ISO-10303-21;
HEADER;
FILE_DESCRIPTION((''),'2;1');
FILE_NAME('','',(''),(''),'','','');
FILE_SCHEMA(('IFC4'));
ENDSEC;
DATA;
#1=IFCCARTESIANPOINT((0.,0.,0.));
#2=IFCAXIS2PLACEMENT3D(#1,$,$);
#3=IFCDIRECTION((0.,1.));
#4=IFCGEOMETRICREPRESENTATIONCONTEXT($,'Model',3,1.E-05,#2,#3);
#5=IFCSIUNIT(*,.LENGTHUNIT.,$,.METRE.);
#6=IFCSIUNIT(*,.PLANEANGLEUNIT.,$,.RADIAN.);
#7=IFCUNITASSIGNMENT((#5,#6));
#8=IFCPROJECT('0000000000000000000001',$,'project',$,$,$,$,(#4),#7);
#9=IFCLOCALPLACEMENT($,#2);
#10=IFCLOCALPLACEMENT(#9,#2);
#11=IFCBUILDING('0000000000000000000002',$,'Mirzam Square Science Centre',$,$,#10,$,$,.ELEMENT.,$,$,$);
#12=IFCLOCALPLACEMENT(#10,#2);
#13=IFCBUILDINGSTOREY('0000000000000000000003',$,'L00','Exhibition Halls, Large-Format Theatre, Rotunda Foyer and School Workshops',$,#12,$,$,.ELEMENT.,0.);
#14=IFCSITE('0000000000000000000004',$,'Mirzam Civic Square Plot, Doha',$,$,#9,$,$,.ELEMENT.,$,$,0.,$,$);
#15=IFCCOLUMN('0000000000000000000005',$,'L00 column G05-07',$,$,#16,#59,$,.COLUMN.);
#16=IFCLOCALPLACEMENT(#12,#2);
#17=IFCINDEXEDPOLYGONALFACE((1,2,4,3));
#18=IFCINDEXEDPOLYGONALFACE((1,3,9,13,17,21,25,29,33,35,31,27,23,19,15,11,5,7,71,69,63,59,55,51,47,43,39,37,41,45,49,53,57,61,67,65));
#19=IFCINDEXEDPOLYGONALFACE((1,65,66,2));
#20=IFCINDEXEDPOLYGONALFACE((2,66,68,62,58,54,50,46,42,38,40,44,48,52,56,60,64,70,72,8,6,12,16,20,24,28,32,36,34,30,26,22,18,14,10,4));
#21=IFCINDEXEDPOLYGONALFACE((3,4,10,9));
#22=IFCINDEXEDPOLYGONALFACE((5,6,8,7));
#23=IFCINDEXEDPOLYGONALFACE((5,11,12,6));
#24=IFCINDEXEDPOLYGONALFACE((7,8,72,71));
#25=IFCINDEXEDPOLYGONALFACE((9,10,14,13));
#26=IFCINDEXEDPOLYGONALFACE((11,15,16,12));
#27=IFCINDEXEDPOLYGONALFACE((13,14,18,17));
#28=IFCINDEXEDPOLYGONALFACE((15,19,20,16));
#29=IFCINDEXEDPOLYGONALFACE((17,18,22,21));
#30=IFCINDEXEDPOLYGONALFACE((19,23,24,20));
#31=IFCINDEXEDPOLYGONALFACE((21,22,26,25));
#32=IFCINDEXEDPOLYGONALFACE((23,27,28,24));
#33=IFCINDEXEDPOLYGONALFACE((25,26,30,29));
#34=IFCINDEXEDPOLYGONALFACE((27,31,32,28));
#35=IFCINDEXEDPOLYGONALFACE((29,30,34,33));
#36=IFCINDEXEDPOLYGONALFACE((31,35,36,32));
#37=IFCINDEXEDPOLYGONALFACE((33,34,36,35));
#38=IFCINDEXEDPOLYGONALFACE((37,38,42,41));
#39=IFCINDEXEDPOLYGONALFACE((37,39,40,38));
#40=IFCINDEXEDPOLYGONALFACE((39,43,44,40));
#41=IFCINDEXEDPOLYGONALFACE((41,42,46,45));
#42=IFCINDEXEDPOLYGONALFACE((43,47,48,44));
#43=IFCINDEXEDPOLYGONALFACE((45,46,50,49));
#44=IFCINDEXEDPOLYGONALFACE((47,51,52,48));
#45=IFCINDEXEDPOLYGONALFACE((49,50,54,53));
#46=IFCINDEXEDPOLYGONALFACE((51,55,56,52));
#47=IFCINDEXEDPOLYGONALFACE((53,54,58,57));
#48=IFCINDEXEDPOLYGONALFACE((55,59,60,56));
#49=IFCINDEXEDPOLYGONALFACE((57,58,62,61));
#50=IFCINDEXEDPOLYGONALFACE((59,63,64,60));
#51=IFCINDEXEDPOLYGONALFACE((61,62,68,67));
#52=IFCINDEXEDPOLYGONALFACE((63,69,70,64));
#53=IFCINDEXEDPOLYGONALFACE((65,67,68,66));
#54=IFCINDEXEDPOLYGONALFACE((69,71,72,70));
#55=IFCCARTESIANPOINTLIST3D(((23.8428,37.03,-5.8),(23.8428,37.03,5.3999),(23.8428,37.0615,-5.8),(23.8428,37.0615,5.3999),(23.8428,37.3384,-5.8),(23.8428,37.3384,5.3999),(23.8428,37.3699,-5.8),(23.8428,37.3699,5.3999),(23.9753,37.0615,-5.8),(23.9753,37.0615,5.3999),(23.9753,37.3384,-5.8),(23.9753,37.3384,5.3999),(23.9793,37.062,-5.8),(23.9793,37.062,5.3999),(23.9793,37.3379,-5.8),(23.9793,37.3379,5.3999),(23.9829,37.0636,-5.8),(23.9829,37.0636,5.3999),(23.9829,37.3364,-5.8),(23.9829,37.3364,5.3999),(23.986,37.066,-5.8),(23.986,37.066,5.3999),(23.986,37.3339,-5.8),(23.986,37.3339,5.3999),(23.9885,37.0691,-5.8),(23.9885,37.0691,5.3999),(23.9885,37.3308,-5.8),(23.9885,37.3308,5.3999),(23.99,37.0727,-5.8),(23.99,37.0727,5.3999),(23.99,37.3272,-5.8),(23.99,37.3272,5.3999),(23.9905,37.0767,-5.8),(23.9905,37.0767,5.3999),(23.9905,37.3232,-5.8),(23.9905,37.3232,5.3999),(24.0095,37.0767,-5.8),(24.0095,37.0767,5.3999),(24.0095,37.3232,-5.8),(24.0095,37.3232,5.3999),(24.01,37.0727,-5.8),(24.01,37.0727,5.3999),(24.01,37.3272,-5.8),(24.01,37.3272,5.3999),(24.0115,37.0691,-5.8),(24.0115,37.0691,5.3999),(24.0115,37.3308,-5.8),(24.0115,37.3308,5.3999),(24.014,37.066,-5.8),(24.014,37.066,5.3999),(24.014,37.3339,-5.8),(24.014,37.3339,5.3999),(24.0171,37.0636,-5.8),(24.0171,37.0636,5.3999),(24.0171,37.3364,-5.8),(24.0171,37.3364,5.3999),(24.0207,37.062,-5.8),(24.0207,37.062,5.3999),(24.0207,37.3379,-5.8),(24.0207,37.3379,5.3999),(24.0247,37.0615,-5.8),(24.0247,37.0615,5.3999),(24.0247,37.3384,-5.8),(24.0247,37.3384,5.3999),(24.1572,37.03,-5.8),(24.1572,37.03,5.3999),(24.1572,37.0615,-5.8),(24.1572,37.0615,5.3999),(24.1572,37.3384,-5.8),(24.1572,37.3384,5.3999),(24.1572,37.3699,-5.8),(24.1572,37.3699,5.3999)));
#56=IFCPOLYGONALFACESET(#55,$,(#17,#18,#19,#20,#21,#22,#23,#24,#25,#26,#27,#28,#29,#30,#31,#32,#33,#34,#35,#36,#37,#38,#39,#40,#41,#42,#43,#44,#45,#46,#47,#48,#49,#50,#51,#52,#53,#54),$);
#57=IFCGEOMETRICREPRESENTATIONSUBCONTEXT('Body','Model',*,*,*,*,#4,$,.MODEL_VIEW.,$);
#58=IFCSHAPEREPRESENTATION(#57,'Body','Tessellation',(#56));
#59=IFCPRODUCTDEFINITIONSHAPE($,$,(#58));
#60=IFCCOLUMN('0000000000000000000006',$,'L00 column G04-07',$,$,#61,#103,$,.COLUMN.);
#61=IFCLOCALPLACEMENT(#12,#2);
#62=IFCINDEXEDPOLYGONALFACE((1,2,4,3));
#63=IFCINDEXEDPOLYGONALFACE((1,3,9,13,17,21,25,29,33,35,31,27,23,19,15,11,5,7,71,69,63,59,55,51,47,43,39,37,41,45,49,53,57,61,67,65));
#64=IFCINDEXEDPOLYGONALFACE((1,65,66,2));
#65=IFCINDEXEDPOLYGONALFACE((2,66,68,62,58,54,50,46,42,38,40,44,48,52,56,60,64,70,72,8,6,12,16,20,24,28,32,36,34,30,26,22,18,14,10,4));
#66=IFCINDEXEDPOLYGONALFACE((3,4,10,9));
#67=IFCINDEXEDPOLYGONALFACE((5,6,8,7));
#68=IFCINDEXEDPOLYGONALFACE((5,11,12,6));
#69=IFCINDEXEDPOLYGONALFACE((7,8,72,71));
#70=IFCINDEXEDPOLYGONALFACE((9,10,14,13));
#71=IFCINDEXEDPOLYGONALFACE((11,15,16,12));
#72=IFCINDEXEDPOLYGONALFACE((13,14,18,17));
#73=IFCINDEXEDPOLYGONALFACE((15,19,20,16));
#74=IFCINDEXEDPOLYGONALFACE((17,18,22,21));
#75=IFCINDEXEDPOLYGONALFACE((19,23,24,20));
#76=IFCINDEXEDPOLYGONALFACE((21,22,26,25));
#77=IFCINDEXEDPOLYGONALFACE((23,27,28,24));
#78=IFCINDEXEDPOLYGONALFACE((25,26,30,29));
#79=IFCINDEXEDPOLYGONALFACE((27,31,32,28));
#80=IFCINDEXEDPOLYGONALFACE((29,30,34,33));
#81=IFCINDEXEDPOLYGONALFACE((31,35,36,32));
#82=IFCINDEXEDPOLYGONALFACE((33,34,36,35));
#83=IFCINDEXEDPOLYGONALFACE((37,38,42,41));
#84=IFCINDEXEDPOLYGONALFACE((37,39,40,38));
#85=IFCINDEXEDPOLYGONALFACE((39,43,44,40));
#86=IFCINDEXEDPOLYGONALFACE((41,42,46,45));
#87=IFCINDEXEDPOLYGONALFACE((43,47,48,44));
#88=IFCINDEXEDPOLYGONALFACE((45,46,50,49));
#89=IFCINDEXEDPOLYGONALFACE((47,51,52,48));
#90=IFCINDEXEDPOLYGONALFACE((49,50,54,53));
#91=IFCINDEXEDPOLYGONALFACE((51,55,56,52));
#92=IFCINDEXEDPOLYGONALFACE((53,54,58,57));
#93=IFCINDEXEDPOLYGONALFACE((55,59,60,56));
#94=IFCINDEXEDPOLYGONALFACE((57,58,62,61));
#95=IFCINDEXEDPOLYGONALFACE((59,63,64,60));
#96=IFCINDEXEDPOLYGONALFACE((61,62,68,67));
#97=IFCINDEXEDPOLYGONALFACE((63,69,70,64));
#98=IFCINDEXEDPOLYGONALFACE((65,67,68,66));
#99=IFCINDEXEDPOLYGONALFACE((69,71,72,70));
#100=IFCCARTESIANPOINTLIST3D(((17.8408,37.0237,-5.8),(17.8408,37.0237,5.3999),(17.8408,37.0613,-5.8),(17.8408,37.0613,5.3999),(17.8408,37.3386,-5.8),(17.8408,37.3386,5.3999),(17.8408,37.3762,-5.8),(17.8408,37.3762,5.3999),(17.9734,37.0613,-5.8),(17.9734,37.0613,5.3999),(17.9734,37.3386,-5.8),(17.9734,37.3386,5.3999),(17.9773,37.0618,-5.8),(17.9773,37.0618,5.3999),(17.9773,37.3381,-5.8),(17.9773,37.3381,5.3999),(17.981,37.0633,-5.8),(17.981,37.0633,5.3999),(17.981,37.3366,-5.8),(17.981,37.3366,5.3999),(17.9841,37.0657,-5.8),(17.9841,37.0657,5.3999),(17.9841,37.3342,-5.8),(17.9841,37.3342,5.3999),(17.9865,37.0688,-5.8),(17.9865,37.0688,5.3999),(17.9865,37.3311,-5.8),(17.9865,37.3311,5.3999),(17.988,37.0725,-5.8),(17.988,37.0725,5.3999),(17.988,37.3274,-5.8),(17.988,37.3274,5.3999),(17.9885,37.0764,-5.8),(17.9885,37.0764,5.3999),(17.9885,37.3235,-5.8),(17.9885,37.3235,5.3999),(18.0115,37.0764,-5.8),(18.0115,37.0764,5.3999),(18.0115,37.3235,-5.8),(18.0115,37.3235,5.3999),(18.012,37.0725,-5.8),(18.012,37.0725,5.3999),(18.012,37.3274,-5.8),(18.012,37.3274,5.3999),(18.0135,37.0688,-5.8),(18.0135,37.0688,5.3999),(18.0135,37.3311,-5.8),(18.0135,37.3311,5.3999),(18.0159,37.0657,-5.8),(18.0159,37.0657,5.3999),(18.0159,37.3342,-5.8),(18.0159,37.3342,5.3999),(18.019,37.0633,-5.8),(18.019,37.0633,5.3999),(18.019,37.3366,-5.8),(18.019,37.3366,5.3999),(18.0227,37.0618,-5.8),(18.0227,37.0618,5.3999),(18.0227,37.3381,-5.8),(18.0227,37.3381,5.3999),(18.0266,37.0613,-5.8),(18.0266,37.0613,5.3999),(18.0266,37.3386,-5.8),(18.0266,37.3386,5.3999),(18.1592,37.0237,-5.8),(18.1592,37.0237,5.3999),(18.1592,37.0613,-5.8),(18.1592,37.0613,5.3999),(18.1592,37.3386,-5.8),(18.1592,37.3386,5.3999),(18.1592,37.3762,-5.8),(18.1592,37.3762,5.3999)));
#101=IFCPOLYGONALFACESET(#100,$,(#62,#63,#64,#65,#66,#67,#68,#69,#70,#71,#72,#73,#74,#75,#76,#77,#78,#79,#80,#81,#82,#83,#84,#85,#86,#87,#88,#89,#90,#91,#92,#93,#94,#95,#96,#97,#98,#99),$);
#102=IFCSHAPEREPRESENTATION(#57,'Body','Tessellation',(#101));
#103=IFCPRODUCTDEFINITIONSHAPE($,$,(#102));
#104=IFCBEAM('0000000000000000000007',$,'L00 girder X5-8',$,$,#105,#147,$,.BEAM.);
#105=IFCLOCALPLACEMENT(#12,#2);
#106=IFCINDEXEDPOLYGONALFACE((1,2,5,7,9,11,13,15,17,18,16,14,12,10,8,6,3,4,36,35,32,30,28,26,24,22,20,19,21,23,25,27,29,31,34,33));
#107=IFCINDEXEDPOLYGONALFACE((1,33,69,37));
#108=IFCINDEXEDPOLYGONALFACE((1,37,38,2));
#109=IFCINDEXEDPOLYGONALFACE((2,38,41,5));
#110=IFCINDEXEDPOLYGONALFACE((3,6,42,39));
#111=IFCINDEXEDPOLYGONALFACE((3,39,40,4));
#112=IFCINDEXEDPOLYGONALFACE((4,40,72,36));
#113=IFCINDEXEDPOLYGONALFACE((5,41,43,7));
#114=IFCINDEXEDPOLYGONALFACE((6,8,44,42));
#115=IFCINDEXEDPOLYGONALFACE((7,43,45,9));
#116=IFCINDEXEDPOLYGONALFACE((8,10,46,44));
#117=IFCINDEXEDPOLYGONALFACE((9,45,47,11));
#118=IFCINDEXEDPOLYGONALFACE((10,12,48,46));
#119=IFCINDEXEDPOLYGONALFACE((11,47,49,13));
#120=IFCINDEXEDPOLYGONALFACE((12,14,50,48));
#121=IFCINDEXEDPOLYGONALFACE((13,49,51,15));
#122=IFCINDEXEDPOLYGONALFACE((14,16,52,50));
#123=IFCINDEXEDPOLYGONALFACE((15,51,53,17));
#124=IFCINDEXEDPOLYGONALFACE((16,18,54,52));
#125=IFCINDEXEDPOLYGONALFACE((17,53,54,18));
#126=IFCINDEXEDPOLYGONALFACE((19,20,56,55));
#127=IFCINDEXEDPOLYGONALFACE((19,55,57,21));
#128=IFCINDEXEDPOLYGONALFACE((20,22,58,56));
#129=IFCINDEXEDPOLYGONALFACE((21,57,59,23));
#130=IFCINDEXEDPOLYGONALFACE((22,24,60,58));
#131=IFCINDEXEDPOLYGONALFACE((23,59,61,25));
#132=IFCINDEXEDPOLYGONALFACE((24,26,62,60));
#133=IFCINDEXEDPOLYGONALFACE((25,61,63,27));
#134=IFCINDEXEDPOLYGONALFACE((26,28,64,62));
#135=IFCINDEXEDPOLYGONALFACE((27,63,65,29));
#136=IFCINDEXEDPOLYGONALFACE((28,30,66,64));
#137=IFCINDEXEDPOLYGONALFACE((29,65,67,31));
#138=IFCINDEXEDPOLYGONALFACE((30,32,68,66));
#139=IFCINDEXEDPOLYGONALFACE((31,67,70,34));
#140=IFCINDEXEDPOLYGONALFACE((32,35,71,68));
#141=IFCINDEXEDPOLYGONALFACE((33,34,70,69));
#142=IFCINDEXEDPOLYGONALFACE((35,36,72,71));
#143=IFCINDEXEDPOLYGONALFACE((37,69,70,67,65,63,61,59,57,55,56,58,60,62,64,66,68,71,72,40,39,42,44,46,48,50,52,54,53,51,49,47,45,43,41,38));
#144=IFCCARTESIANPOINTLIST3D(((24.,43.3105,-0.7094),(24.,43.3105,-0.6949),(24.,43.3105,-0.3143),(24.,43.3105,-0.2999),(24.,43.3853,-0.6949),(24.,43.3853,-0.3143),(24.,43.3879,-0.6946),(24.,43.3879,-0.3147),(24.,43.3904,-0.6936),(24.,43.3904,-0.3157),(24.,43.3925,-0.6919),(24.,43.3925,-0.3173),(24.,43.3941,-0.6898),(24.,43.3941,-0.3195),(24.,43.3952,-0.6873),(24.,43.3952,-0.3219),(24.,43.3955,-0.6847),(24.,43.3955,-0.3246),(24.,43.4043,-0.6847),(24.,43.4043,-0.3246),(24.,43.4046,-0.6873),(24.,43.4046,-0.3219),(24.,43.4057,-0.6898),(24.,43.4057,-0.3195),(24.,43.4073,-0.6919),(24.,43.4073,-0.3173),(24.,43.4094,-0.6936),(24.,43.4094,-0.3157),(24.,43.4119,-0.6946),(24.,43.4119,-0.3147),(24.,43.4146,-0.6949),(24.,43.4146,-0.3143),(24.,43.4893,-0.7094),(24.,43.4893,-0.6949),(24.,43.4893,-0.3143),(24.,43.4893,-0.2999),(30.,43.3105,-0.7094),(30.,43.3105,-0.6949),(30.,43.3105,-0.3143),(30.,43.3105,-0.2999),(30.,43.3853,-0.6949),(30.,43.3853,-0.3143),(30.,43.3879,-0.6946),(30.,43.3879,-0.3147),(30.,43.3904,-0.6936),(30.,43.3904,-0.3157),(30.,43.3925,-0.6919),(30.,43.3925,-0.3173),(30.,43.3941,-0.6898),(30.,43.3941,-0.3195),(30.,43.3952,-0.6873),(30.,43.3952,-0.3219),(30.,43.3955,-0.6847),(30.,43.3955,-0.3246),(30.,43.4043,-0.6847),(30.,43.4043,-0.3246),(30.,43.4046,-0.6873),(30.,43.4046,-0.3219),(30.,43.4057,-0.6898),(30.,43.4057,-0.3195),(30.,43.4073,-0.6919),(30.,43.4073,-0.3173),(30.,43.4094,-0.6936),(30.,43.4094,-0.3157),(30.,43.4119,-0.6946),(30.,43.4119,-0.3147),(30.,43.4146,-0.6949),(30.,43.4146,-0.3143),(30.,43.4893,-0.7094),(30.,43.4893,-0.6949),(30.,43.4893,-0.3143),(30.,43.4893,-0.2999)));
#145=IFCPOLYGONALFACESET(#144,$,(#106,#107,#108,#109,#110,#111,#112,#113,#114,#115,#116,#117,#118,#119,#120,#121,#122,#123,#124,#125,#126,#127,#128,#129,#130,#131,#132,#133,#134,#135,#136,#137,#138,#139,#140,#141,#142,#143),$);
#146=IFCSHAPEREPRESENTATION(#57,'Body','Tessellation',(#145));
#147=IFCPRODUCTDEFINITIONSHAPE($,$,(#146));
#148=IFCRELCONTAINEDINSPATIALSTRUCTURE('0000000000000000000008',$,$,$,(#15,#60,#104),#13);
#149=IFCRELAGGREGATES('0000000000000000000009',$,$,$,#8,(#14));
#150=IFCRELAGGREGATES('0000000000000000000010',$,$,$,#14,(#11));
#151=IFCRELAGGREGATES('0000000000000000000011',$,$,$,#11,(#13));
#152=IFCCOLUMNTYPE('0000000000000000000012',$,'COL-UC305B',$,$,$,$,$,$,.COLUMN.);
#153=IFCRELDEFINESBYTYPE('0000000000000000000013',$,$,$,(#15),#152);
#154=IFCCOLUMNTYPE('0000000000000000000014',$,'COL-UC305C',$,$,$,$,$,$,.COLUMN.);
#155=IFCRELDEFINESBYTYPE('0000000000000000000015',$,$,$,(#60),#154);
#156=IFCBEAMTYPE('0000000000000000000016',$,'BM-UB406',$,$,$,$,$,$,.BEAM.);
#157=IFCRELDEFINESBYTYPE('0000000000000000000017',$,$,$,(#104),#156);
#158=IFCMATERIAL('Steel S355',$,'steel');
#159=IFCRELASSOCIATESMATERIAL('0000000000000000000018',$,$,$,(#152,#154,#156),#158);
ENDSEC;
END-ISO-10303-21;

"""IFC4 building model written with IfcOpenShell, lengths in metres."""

from ifc_helpers import new_model, si_unit, direction, frame, origin, origin_2d, place, context, subcontext, project, spatial, i_section, extrude, material, material_profile, profile_set, type_object, element, save


model = new_model("IFC4")

# Units and contexts
model_context = context("Model", 3, precision=1e-05, world=origin(), true_north=direction((0.0, 1.0)))
body_context = subcontext(model_context, "Body", "Model", "MODEL_VIEW")
ifc_project = project(units=[si_unit("LENGTHUNIT", "METRE"), si_unit("PLANEANGLEUNIT", "RADIAN")], contexts=[model_context])

# Site, building, storey
site_placement = place(None, origin())
site = spatial("IfcSite", under=ifc_project, at=site_placement, Name="Mirzam Civic Square Plot, Doha", CompositionType="ELEMENT", RefElevation=0.0)
building_placement = place(site_placement, origin())
building = spatial("IfcBuilding", under=site, at=building_placement, Name="Mirzam Square Science Centre", CompositionType="ELEMENT")
storey_placement = place(building_placement, origin())
storey = spatial("IfcBuildingStorey", under=building, at=storey_placement, Name="L00", Description="Exhibition Halls, Large-Format Theatre, Rotunda Foyer and School Workshops", CompositionType="ELEMENT", Elevation=0.0)

# Columns
ifc_material_1 = material(Name="Steel S355", Category="steel")
ifc_material_profile_1 = material_profile(ifc_material_1, i_section(OverallWidth=0.3145, OverallDepth=0.3398, WebThickness=0.019, FlangeThickness=0.0315, FilletRadius=0.0151, at=origin_2d()), Name="305x305x198UC")
ifc_profile_set_1 = profile_set([ifc_material_profile_1], Name="Steel S355")
column_type_1 = type_object("IfcColumnType", Name="COL-UC305B", PredefinedType="COLUMN", material=ifc_profile_set_1)
for number, where, z_axis, x_axis, name in (
    (1, (24.0, 37.2, -5.8), (0.0, 0.0, 1.0), (1.0, 0.0, 0.0), "L00 column G05-07"),
):
    element("IfcColumn", number, at=place(storey_placement, frame(where, z_axis=z_axis, x_axis=x_axis)), inside=storey, type_object=column_type_1, Name=name, PredefinedType="COLUMN", context=body_context, shape_type="SweptSolid", body=[
        extrude(i_section(OverallWidth=0.3145, OverallDepth=0.3398, WebThickness=0.019, FlangeThickness=0.0315, FilletRadius=0.0151, at=origin_2d()), origin(), (0.0, 0.0, 1.0), 11.2),
    ])
ifc_material_profile_2 = material_profile(ifc_material_1, i_section(OverallWidth=0.3184, OverallDepth=0.3525, WebThickness=0.0229, FlangeThickness=0.0376, FilletRadius=0.0151, at=origin_2d()), Name="305x305x240UC")
ifc_profile_set_2 = profile_set([ifc_material_profile_2], Name="Steel S355")
column_type_2 = type_object("IfcColumnType", Name="COL-UC305C", PredefinedType="COLUMN", material=ifc_profile_set_2)
column_1_placement = place(storey_placement, frame((18.0, 37.2, -5.8), z_axis=(0.0, 0.0, 1.0), x_axis=(1.0, 0.0, 0.0)))
element("IfcColumn", 2, at=column_1_placement, inside=storey, type_object=column_type_2, Name="L00 column G04-07", PredefinedType="COLUMN", context=body_context, shape_type="SweptSolid", body=[
    extrude(i_section(OverallWidth=0.3184, OverallDepth=0.3525, WebThickness=0.0229, FlangeThickness=0.0376, FilletRadius=0.0151, at=origin_2d()), origin(), (0.0, 0.0, 1.0), 11.2),
])

# Beam
ifc_material_profile_3 = material_profile(ifc_material_1, i_section(OverallWidth=0.1787, OverallDepth=0.4094, WebThickness=0.0088, FlangeThickness=0.0144, FilletRadius=0.0103, at=origin_2d()), Name="406x178x67UB")
ifc_profile_set_3 = profile_set([ifc_material_profile_3], Name="Steel S355")
beam_type_1 = type_object("IfcBeamType", Name="BM-UB406", PredefinedType="BEAM", material=ifc_profile_set_3)
beam_1_placement = place(storey_placement, frame((24.0, 43.3999, -0.5046), z_axis=(1.0, 0.0, 0.0), x_axis=(0.0, 1.0, 0.0)))
element("IfcBeam", 3, at=beam_1_placement, inside=storey, type_object=beam_type_1, Name="L00 girder X5-8", PredefinedType="BEAM", context=body_context, shape_type="SweptSolid", body=[
    extrude(i_section(OverallWidth=0.1787, OverallDepth=0.4094, WebThickness=0.0088, FlangeThickness=0.0144, FilletRadius=0.0103, at=origin_2d()), origin(), (0.0, 0.0, 1.0), 6.0),
])

save(model, "model.ifc")
